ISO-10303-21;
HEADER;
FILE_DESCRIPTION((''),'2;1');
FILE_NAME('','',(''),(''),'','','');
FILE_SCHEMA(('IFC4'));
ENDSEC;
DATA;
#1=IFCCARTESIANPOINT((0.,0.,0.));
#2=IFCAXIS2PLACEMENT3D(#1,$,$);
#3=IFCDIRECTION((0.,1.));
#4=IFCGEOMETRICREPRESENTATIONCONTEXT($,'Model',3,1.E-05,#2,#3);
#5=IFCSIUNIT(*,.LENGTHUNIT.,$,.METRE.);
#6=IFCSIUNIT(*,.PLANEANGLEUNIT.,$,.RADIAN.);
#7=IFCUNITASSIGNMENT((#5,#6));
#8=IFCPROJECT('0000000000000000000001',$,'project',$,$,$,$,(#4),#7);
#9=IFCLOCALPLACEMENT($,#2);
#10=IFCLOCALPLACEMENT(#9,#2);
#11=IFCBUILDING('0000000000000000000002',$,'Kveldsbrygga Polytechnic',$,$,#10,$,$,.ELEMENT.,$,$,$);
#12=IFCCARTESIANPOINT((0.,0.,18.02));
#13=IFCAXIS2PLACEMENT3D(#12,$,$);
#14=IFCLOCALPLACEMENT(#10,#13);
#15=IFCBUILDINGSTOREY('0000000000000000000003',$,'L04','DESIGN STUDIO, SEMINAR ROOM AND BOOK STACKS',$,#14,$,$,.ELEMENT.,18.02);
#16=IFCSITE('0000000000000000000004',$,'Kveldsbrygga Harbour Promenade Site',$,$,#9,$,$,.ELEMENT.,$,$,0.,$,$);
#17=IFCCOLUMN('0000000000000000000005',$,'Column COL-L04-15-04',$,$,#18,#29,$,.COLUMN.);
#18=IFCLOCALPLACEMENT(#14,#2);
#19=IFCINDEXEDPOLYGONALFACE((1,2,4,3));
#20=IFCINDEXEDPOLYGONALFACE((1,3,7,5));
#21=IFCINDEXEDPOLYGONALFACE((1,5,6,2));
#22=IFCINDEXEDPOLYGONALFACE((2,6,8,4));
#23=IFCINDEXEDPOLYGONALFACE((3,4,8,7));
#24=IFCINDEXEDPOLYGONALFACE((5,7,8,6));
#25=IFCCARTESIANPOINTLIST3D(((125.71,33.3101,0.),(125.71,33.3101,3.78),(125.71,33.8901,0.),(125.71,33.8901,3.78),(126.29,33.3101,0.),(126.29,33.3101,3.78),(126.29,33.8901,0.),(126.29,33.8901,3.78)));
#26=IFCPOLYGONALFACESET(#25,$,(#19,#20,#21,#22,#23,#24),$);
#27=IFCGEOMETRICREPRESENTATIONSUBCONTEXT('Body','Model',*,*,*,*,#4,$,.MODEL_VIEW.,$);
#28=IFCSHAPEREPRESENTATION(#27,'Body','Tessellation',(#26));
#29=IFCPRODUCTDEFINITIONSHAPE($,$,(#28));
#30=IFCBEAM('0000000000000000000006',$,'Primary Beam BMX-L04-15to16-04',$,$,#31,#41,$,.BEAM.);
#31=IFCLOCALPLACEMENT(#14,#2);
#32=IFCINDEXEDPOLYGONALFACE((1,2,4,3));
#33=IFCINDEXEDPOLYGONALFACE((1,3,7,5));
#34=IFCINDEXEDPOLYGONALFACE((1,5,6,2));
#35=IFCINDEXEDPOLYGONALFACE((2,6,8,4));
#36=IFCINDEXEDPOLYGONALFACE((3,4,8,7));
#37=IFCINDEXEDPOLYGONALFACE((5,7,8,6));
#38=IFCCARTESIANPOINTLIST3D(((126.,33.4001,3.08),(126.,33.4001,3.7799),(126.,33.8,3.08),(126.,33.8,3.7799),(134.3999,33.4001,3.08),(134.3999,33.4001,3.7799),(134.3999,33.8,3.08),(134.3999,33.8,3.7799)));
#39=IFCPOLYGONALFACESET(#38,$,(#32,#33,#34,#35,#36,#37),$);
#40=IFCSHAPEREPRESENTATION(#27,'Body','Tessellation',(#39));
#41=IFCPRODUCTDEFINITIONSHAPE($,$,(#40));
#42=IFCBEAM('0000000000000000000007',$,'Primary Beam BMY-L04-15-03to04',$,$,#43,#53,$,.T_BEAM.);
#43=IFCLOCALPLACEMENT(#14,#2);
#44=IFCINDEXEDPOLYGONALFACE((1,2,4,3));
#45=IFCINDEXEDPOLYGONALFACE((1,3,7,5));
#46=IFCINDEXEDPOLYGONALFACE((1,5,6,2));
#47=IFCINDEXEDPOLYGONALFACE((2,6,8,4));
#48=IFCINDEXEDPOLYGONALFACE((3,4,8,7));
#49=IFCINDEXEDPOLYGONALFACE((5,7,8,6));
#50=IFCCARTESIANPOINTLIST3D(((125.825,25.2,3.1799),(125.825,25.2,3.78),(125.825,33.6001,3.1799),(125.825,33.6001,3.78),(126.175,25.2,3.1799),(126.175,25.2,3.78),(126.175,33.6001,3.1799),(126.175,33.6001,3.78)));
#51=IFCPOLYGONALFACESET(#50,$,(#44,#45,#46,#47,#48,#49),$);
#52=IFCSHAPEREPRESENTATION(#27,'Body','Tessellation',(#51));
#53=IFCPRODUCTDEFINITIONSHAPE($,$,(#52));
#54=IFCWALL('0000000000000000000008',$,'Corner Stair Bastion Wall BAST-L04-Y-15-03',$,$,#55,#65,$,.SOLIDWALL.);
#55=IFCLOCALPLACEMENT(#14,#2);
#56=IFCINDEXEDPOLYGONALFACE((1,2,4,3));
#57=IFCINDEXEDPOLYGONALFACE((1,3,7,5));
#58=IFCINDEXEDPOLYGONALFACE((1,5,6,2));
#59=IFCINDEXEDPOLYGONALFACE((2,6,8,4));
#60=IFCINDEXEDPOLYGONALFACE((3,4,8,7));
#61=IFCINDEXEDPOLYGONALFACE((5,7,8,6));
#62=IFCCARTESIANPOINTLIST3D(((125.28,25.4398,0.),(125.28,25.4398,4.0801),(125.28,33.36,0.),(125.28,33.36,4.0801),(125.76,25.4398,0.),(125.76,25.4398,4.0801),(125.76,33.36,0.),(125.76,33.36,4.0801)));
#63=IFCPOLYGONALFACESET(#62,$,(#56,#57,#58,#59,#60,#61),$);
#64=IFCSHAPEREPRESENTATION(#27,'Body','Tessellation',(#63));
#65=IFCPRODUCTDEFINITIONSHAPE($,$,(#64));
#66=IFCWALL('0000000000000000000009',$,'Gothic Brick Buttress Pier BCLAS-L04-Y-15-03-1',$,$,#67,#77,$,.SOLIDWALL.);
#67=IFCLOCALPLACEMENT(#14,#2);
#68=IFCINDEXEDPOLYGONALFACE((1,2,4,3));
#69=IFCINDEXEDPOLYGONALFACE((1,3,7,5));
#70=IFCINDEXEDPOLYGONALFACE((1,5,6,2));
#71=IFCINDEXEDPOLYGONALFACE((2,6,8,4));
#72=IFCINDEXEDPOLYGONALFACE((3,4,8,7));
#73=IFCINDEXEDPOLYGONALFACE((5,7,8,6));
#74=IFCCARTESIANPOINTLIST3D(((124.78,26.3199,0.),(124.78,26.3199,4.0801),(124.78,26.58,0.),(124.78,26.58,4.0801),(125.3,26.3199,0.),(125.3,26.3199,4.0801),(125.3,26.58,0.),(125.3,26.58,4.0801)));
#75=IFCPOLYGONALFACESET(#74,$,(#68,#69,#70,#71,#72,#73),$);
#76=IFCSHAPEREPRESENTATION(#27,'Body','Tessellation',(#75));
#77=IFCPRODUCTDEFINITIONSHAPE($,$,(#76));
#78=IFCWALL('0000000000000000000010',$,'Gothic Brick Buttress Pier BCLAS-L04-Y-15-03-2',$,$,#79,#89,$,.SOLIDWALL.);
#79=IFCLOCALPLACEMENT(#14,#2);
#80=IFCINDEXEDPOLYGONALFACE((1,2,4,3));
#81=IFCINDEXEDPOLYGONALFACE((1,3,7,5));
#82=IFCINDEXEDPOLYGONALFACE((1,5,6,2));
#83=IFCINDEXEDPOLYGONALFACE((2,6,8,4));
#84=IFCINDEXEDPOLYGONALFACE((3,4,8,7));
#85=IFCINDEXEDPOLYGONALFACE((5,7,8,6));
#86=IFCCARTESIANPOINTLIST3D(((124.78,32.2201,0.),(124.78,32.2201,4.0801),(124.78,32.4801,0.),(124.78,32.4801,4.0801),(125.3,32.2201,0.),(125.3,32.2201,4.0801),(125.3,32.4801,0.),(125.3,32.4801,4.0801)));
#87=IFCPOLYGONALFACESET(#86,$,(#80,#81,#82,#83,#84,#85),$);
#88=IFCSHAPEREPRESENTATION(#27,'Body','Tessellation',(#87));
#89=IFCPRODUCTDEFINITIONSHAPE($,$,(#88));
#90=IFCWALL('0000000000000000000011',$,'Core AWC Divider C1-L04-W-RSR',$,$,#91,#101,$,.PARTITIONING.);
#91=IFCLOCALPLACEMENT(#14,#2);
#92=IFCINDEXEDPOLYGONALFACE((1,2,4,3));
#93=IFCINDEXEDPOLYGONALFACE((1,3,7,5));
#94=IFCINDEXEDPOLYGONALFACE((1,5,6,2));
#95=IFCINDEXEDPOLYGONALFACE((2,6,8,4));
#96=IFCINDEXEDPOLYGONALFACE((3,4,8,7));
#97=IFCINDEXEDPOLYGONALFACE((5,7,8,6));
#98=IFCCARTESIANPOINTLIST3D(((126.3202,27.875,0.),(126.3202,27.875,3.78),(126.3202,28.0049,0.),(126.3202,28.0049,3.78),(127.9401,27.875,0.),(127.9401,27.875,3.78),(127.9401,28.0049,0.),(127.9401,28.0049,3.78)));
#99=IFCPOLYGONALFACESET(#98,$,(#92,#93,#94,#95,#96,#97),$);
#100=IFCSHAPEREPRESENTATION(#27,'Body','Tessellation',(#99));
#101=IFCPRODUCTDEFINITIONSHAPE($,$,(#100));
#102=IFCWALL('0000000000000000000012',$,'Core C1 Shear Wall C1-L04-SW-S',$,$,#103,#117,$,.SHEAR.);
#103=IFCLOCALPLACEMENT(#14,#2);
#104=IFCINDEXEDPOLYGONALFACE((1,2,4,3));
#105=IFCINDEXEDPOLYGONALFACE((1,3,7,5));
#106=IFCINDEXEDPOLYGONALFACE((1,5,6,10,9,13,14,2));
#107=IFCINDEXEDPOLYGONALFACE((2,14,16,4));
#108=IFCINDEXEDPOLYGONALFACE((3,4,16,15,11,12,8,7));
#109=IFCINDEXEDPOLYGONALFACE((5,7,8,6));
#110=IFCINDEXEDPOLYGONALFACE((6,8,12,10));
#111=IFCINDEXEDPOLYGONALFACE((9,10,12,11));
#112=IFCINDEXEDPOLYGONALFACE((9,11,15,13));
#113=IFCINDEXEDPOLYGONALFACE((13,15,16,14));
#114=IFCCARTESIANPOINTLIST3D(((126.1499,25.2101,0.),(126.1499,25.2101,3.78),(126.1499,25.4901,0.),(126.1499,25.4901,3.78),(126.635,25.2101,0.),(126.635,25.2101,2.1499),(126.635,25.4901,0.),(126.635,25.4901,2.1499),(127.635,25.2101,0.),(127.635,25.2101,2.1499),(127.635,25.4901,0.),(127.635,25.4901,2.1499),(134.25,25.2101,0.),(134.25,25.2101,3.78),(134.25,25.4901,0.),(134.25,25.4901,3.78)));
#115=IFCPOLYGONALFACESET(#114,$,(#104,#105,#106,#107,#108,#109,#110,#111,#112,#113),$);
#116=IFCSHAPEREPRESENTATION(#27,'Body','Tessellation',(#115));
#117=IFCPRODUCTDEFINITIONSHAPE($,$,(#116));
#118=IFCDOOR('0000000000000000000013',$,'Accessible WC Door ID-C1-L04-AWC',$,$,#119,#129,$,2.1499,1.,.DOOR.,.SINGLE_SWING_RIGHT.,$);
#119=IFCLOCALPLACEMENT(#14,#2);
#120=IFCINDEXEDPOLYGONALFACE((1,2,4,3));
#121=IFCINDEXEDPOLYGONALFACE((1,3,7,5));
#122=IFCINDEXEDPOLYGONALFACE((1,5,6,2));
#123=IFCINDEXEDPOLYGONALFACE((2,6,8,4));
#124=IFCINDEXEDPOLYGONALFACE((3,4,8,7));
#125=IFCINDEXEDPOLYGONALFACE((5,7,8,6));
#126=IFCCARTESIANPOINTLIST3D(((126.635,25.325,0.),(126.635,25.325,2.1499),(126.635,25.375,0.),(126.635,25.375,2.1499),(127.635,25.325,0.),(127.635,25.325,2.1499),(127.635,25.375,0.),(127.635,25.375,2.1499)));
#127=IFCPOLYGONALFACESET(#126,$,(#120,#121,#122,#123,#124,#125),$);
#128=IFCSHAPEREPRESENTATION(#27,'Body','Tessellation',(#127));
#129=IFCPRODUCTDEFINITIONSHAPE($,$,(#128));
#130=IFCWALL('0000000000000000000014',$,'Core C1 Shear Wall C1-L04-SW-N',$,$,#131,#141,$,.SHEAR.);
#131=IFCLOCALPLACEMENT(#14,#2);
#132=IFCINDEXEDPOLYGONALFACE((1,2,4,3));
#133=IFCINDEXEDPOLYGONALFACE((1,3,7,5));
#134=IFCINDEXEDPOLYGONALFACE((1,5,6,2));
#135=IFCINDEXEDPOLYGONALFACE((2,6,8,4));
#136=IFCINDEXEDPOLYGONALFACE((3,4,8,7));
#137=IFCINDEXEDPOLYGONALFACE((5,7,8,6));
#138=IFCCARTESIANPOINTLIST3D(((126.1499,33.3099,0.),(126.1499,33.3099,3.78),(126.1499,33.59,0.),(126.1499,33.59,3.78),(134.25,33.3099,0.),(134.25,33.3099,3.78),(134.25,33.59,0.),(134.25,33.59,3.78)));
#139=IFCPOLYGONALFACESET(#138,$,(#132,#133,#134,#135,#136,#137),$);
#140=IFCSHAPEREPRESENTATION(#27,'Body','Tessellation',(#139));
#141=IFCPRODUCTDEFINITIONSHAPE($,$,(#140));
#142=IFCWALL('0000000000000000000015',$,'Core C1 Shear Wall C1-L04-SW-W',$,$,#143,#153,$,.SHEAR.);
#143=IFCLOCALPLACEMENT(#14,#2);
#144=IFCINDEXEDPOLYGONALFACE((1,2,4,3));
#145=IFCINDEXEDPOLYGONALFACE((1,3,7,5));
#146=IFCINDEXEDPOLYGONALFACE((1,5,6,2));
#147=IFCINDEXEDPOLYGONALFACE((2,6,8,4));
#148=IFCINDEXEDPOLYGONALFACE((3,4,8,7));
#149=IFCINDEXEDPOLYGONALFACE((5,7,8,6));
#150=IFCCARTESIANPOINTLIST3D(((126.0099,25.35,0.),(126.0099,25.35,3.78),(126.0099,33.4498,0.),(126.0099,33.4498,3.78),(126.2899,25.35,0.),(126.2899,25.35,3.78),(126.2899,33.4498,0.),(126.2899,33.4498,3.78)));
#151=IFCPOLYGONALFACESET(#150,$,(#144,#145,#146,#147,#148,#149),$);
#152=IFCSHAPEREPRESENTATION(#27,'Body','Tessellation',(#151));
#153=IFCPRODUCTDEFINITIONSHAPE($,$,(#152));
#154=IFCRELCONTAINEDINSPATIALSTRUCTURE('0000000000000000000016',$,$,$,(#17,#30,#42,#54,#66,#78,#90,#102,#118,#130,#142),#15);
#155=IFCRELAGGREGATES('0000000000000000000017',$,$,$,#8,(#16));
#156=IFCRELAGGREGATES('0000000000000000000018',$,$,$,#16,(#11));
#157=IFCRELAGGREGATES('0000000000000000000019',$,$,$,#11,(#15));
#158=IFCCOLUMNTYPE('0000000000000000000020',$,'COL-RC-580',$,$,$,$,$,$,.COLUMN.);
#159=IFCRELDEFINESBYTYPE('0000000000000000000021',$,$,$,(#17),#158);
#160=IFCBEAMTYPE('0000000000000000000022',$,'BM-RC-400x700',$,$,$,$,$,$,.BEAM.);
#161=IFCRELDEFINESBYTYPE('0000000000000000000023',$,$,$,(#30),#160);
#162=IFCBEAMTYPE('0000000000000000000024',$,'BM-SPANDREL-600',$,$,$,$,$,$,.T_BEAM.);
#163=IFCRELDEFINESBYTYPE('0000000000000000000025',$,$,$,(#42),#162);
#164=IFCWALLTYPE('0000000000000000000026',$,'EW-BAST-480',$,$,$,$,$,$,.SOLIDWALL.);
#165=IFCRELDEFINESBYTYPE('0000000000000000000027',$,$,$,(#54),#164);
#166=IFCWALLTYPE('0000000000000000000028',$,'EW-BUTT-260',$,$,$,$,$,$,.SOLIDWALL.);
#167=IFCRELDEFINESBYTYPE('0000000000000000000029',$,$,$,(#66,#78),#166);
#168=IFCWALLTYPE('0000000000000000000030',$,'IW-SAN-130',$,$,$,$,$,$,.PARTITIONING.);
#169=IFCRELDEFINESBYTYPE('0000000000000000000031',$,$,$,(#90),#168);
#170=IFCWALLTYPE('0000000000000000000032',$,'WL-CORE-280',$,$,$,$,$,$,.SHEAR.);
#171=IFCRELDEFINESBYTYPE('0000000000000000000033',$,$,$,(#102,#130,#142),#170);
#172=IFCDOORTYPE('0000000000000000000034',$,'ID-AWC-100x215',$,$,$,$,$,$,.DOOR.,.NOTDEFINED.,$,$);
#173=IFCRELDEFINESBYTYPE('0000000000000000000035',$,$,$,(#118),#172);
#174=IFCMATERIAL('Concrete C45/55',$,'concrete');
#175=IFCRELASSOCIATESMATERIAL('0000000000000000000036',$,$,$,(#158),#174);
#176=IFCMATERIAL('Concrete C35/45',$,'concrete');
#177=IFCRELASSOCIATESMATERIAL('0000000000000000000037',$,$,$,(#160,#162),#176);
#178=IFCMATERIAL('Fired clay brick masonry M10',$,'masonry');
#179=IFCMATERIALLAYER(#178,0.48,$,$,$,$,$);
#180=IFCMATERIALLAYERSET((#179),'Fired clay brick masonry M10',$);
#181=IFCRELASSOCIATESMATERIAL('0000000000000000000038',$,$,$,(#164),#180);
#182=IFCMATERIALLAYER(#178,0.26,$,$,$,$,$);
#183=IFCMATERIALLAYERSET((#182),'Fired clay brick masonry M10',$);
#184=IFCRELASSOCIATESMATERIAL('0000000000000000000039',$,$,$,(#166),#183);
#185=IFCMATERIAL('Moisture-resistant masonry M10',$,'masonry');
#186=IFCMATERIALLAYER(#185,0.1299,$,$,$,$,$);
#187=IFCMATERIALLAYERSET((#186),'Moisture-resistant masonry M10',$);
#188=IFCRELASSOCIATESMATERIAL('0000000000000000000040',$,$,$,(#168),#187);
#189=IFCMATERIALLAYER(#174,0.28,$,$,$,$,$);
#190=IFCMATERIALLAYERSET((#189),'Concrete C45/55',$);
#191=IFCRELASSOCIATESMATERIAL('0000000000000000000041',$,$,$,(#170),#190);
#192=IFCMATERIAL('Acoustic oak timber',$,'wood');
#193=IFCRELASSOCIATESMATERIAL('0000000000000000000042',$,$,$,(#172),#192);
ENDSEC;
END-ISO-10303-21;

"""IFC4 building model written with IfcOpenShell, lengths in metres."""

from ifc_helpers import new_model, si_unit, direction, frame, frame_2d, origin, origin_2d, place, context, subcontext, project, spatial, rectangle, extrude, material, layer, layer_set, material_profile, profile_set, type_object, element, fill, save


model = new_model("IFC4")

# Units and contexts
model_context = context("Model", 3, precision=1e-05, world=origin(), true_north=direction((0.0, 1.0)))
body_context = subcontext(model_context, "Body", "Model", "MODEL_VIEW")
ifc_project = project(units=[si_unit("LENGTHUNIT", "METRE"), si_unit("PLANEANGLEUNIT", "RADIAN")], contexts=[model_context])

# Site, building, storey
site_placement = place(None, origin())
site = spatial("IfcSite", under=ifc_project, at=site_placement, Name="Kveldsbrygga Harbour Promenade Site", CompositionType="ELEMENT", RefElevation=0.0)
building_placement = place(site_placement, origin())
building = spatial("IfcBuilding", under=site, at=building_placement, Name="Kveldsbrygga Polytechnic", CompositionType="ELEMENT")
storey_placement = place(building_placement, frame((0.0, 0.0, 18.02)))
storey = spatial("IfcBuildingStorey", under=building, at=storey_placement, Name="L04", Description="DESIGN STUDIO, SEMINAR ROOM AND BOOK STACKS", CompositionType="ELEMENT", Elevation=18.02)

# Column
ifc_material_1 = material(Name="Concrete C45/55", Category="concrete")
ifc_material_profile_1 = material_profile(ifc_material_1, rectangle(XDim=0.5801, YDim=0.5801, at=origin_2d()), Name="RC 580x580")
ifc_profile_set_1 = profile_set([ifc_material_profile_1], Name="Concrete C45/55")
column_type = type_object("IfcColumnType", Name="COL-RC-580", PredefinedType="COLUMN", material=ifc_profile_set_1)
column_placement = place(storey_placement, frame((126.0, 33.6001, 0.0), z_axis=(0.0, 0.0, 1.0), x_axis=(1.0, 0.0, 0.0)))
element("IfcColumn", 1, at=column_placement, inside=storey, type_object=column_type, Name="Column COL-L04-15-04", PredefinedType="COLUMN", context=body_context, shape_type="SweptSolid", body=[
    extrude(rectangle(XDim=0.5801, YDim=0.5801, at=origin_2d()), origin(), (0.0, 0.0, 1.0), 3.78),
])

# Beams
ifc_material_2 = material(Name="Concrete C35/45", Category="concrete")
ifc_material_profile_2 = material_profile(ifc_material_2, rectangle(XDim=0.3999, YDim=0.7, at=origin_2d()), Name="RC 400x700")
ifc_profile_set_2 = profile_set([ifc_material_profile_2], Name="Concrete C35/45")
beam_type_1 = type_object("IfcBeamType", Name="BM-RC-400x700", PredefinedType="BEAM", material=ifc_profile_set_2)
beam_1_placement = place(storey_placement, frame((126.0, 33.6001, 3.4299), z_axis=(1.0, 0.0, 0.0), x_axis=(0.0, 1.0, 0.0)))
element("IfcBeam", 2, at=beam_1_placement, inside=storey, type_object=beam_type_1, Name="Primary Beam BMX-L04-15to16-04", PredefinedType="BEAM", context=body_context, shape_type="SweptSolid", body=[
    extrude(rectangle(XDim=0.3999, YDim=0.7, at=origin_2d()), origin(), (0.0, 0.0, 1.0), 8.3999),
])
ifc_material_profile_3 = material_profile(ifc_material_2, rectangle(XDim=0.3501, YDim=0.6001, at=origin_2d()), Name="RC 350x600")
ifc_profile_set_3 = profile_set([ifc_material_profile_3], Name="Concrete C35/45")
beam_type_2 = type_object("IfcBeamType", Name="BM-SPANDREL-600", PredefinedType="T_BEAM", material=ifc_profile_set_3)
beam_2_placement = place(storey_placement, frame((126.0, 25.2, 3.48), z_axis=(0.0, 1.0, 0.0), x_axis=(-1.0, 0.0, 0.0)))
element("IfcBeam", 3, at=beam_2_placement, inside=storey, type_object=beam_type_2, Name="Primary Beam BMY-L04-15-03to04", PredefinedType="T_BEAM", context=body_context, shape_type="SweptSolid", body=[
    extrude(rectangle(XDim=0.3501, YDim=0.6001, at=origin_2d()), origin(), (0.0, 0.0, 1.0), 8.4001),
])

# Walls
ifc_material_3 = material(Name="Fired clay brick masonry M10", Category="masonry")
ifc_layer_1 = layer(ifc_material_3, 0.48)
ifc_layer_set_1 = layer_set([ifc_layer_1], Name="Fired clay brick masonry M10")
wall_type_1 = type_object("IfcWallType", Name="EW-BAST-480", PredefinedType="SOLIDWALL", material=ifc_layer_set_1)
wall_1_placement = place(storey_placement, frame((125.52, 25.4399, 0.0), z_axis=(0.0, 0.0, 1.0), x_axis=(0.0, 1.0, 0.0)))
element("IfcWall", 4, at=wall_1_placement, inside=storey, type_object=wall_type_1, Name="Corner Stair Bastion Wall BAST-L04-Y-15-03", PredefinedType="SOLIDWALL", context=body_context, shape_type="SweptSolid", body=[
    extrude(rectangle(XDim=7.9202, YDim=0.48, at=frame_2d((3.96, 0.0))), origin(), (0.0, 0.0, 1.0), 4.0801),
])
ifc_layer_2 = layer(ifc_material_3, 0.26)
ifc_layer_set_2 = layer_set([ifc_layer_2], Name="Fired clay brick masonry M10")
wall_type_2 = type_object("IfcWallType", Name="EW-BUTT-260", PredefinedType="SOLIDWALL", material=ifc_layer_set_2)
for number, where, z_axis, x_axis, name in (
    (5, (125.3, 26.45, 0.0), (0.0, 0.0, 1.0), (-1.0, 0.0, 0.0), "Gothic Brick Buttress Pier BCLAS-L04-Y-15-03-1"),
    (6, (125.3, 32.3501, 0.0), (0.0, 0.0, 1.0), (-1.0, 0.0, 0.0), "Gothic Brick Buttress Pier BCLAS-L04-Y-15-03-2"),
):
    element("IfcWall", number, at=place(storey_placement, frame(where, z_axis=z_axis, x_axis=x_axis)), inside=storey, type_object=wall_type_2, Name=name, PredefinedType="SOLIDWALL", context=body_context, shape_type="SweptSolid", body=[
        extrude(rectangle(XDim=0.52, YDim=0.26, at=frame_2d((0.26, 0.0))), origin(), (0.0, 0.0, 1.0), 4.0801),
    ])
ifc_material_4 = material(Name="Moisture-resistant masonry M10", Category="masonry")
ifc_layer_3 = layer(ifc_material_4, 0.1299)
ifc_layer_set_3 = layer_set([ifc_layer_3], Name="Moisture-resistant masonry M10")
wall_type_3 = type_object("IfcWallType", Name="IW-SAN-130", PredefinedType="PARTITIONING", material=ifc_layer_set_3)
wall_2_placement = place(storey_placement, frame((126.3201, 27.9399, 0.0), z_axis=(0.0, 0.0, 1.0), x_axis=(1.0, 0.0, 0.0)))
element("IfcWall", 7, at=wall_2_placement, inside=storey, type_object=wall_type_3, Name="Core AWC Divider C1-L04-W-RSR", PredefinedType="PARTITIONING", context=body_context, shape_type="SweptSolid", body=[
    extrude(rectangle(XDim=1.6199, YDim=0.1299, at=frame_2d((0.8101, 0.0))), origin(), (0.0, 0.0, 1.0), 3.78),
])

# Wall, opening, door
ifc_layer_4 = layer(ifc_material_1, 0.28)
ifc_layer_set_4 = layer_set([ifc_layer_4], Name="Concrete C45/55")
wall_type_4 = type_object("IfcWallType", Name="WL-CORE-280", PredefinedType="SHEAR", material=ifc_layer_set_4)
wall_3_placement = place(storey_placement, frame((126.1499, 25.3501, 0.0), z_axis=(0.0, 0.0, 1.0), x_axis=(1.0, 0.0, 0.0)))
wall_3 = element("IfcWall", 8, at=wall_3_placement, inside=storey, type_object=wall_type_4, Name="Core C1 Shear Wall C1-L04-SW-S", PredefinedType="SHEAR", context=body_context, shape_type="SweptSolid", body=[
    extrude(rectangle(XDim=8.1001, YDim=0.28, at=frame_2d((4.05, 0.0))), origin(), (0.0, 0.0, 1.0), 3.78),
])
opening_1_placement = place(wall_3_placement, frame((0.4851, 0.0, 0.0)))
opening_1 = element("IfcOpeningElement", 9, at=opening_1_placement, cuts=wall_3, PredefinedType="OPENING", context=body_context, shape_type="SweptSolid", body=[
    extrude(rectangle(XDim=1.0, YDim=2.1499, at=frame_2d((0.5, 1.075))), frame((0.0, 0.1499, 0.0), z_axis=(0.0, -1.0, 0.0), x_axis=(1.0, 0.0, 0.0)), (0.0, 0.0, 1.0), 0.3),
])
ifc_material_5 = material(Name="Acoustic oak timber", Category="wood")
door_type_1 = type_object("IfcDoorType", Name="ID-AWC-100x215", OperationType="NOTDEFINED", PredefinedType="DOOR", material=ifc_material_5)
door_1_placement = place(opening_1_placement, origin())
door_1 = element("IfcDoor", 10, at=door_1_placement, inside=storey, type_object=door_type_1, Name="Accessible WC Door ID-C1-L04-AWC", OperationType="SINGLE_SWING_RIGHT", OverallHeight=2.1499, OverallWidth=1.0, PredefinedType="DOOR", context=body_context, shape_type="SweptSolid", body=[
    extrude(rectangle(XDim=1.0, YDim=2.1499, at=frame_2d((0.5, 1.075))), frame((0.0, 0.0249, 0.0), z_axis=(0.0, -1.0, 0.0), x_axis=(1.0, 0.0, 0.0)), (0.0, 0.0, 1.0), 0.05),
])
fill(opening_1, door_1)

# Walls
wall_4_placement = place(storey_placement, frame((126.1499, 33.45, 0.0), z_axis=(0.0, 0.0, 1.0), x_axis=(1.0, 0.0, 0.0)))
element("IfcWall", 11, at=wall_4_placement, inside=storey, type_object=wall_type_4, Name="Core C1 Shear Wall C1-L04-SW-N", PredefinedType="SHEAR", context=body_context, shape_type="SweptSolid", body=[
    extrude(rectangle(XDim=8.1001, YDim=0.28, at=frame_2d((4.05, 0.0))), origin(), (0.0, 0.0, 1.0), 3.78),
])
wall_5_placement = place(storey_placement, frame((126.1499, 25.3501, 0.0), z_axis=(0.0, 0.0, 1.0), x_axis=(0.0, 1.0, 0.0)))
element("IfcWall", 12, at=wall_5_placement, inside=storey, type_object=wall_type_4, Name="Core C1 Shear Wall C1-L04-SW-W", PredefinedType="SHEAR", context=body_context, shape_type="SweptSolid", body=[
    extrude(rectangle(XDim=8.0999, YDim=0.28, at=frame_2d((4.0498, 0.0))), origin(), (0.0, 0.0, 1.0), 3.78),
])

save(model, "model.ifc")
